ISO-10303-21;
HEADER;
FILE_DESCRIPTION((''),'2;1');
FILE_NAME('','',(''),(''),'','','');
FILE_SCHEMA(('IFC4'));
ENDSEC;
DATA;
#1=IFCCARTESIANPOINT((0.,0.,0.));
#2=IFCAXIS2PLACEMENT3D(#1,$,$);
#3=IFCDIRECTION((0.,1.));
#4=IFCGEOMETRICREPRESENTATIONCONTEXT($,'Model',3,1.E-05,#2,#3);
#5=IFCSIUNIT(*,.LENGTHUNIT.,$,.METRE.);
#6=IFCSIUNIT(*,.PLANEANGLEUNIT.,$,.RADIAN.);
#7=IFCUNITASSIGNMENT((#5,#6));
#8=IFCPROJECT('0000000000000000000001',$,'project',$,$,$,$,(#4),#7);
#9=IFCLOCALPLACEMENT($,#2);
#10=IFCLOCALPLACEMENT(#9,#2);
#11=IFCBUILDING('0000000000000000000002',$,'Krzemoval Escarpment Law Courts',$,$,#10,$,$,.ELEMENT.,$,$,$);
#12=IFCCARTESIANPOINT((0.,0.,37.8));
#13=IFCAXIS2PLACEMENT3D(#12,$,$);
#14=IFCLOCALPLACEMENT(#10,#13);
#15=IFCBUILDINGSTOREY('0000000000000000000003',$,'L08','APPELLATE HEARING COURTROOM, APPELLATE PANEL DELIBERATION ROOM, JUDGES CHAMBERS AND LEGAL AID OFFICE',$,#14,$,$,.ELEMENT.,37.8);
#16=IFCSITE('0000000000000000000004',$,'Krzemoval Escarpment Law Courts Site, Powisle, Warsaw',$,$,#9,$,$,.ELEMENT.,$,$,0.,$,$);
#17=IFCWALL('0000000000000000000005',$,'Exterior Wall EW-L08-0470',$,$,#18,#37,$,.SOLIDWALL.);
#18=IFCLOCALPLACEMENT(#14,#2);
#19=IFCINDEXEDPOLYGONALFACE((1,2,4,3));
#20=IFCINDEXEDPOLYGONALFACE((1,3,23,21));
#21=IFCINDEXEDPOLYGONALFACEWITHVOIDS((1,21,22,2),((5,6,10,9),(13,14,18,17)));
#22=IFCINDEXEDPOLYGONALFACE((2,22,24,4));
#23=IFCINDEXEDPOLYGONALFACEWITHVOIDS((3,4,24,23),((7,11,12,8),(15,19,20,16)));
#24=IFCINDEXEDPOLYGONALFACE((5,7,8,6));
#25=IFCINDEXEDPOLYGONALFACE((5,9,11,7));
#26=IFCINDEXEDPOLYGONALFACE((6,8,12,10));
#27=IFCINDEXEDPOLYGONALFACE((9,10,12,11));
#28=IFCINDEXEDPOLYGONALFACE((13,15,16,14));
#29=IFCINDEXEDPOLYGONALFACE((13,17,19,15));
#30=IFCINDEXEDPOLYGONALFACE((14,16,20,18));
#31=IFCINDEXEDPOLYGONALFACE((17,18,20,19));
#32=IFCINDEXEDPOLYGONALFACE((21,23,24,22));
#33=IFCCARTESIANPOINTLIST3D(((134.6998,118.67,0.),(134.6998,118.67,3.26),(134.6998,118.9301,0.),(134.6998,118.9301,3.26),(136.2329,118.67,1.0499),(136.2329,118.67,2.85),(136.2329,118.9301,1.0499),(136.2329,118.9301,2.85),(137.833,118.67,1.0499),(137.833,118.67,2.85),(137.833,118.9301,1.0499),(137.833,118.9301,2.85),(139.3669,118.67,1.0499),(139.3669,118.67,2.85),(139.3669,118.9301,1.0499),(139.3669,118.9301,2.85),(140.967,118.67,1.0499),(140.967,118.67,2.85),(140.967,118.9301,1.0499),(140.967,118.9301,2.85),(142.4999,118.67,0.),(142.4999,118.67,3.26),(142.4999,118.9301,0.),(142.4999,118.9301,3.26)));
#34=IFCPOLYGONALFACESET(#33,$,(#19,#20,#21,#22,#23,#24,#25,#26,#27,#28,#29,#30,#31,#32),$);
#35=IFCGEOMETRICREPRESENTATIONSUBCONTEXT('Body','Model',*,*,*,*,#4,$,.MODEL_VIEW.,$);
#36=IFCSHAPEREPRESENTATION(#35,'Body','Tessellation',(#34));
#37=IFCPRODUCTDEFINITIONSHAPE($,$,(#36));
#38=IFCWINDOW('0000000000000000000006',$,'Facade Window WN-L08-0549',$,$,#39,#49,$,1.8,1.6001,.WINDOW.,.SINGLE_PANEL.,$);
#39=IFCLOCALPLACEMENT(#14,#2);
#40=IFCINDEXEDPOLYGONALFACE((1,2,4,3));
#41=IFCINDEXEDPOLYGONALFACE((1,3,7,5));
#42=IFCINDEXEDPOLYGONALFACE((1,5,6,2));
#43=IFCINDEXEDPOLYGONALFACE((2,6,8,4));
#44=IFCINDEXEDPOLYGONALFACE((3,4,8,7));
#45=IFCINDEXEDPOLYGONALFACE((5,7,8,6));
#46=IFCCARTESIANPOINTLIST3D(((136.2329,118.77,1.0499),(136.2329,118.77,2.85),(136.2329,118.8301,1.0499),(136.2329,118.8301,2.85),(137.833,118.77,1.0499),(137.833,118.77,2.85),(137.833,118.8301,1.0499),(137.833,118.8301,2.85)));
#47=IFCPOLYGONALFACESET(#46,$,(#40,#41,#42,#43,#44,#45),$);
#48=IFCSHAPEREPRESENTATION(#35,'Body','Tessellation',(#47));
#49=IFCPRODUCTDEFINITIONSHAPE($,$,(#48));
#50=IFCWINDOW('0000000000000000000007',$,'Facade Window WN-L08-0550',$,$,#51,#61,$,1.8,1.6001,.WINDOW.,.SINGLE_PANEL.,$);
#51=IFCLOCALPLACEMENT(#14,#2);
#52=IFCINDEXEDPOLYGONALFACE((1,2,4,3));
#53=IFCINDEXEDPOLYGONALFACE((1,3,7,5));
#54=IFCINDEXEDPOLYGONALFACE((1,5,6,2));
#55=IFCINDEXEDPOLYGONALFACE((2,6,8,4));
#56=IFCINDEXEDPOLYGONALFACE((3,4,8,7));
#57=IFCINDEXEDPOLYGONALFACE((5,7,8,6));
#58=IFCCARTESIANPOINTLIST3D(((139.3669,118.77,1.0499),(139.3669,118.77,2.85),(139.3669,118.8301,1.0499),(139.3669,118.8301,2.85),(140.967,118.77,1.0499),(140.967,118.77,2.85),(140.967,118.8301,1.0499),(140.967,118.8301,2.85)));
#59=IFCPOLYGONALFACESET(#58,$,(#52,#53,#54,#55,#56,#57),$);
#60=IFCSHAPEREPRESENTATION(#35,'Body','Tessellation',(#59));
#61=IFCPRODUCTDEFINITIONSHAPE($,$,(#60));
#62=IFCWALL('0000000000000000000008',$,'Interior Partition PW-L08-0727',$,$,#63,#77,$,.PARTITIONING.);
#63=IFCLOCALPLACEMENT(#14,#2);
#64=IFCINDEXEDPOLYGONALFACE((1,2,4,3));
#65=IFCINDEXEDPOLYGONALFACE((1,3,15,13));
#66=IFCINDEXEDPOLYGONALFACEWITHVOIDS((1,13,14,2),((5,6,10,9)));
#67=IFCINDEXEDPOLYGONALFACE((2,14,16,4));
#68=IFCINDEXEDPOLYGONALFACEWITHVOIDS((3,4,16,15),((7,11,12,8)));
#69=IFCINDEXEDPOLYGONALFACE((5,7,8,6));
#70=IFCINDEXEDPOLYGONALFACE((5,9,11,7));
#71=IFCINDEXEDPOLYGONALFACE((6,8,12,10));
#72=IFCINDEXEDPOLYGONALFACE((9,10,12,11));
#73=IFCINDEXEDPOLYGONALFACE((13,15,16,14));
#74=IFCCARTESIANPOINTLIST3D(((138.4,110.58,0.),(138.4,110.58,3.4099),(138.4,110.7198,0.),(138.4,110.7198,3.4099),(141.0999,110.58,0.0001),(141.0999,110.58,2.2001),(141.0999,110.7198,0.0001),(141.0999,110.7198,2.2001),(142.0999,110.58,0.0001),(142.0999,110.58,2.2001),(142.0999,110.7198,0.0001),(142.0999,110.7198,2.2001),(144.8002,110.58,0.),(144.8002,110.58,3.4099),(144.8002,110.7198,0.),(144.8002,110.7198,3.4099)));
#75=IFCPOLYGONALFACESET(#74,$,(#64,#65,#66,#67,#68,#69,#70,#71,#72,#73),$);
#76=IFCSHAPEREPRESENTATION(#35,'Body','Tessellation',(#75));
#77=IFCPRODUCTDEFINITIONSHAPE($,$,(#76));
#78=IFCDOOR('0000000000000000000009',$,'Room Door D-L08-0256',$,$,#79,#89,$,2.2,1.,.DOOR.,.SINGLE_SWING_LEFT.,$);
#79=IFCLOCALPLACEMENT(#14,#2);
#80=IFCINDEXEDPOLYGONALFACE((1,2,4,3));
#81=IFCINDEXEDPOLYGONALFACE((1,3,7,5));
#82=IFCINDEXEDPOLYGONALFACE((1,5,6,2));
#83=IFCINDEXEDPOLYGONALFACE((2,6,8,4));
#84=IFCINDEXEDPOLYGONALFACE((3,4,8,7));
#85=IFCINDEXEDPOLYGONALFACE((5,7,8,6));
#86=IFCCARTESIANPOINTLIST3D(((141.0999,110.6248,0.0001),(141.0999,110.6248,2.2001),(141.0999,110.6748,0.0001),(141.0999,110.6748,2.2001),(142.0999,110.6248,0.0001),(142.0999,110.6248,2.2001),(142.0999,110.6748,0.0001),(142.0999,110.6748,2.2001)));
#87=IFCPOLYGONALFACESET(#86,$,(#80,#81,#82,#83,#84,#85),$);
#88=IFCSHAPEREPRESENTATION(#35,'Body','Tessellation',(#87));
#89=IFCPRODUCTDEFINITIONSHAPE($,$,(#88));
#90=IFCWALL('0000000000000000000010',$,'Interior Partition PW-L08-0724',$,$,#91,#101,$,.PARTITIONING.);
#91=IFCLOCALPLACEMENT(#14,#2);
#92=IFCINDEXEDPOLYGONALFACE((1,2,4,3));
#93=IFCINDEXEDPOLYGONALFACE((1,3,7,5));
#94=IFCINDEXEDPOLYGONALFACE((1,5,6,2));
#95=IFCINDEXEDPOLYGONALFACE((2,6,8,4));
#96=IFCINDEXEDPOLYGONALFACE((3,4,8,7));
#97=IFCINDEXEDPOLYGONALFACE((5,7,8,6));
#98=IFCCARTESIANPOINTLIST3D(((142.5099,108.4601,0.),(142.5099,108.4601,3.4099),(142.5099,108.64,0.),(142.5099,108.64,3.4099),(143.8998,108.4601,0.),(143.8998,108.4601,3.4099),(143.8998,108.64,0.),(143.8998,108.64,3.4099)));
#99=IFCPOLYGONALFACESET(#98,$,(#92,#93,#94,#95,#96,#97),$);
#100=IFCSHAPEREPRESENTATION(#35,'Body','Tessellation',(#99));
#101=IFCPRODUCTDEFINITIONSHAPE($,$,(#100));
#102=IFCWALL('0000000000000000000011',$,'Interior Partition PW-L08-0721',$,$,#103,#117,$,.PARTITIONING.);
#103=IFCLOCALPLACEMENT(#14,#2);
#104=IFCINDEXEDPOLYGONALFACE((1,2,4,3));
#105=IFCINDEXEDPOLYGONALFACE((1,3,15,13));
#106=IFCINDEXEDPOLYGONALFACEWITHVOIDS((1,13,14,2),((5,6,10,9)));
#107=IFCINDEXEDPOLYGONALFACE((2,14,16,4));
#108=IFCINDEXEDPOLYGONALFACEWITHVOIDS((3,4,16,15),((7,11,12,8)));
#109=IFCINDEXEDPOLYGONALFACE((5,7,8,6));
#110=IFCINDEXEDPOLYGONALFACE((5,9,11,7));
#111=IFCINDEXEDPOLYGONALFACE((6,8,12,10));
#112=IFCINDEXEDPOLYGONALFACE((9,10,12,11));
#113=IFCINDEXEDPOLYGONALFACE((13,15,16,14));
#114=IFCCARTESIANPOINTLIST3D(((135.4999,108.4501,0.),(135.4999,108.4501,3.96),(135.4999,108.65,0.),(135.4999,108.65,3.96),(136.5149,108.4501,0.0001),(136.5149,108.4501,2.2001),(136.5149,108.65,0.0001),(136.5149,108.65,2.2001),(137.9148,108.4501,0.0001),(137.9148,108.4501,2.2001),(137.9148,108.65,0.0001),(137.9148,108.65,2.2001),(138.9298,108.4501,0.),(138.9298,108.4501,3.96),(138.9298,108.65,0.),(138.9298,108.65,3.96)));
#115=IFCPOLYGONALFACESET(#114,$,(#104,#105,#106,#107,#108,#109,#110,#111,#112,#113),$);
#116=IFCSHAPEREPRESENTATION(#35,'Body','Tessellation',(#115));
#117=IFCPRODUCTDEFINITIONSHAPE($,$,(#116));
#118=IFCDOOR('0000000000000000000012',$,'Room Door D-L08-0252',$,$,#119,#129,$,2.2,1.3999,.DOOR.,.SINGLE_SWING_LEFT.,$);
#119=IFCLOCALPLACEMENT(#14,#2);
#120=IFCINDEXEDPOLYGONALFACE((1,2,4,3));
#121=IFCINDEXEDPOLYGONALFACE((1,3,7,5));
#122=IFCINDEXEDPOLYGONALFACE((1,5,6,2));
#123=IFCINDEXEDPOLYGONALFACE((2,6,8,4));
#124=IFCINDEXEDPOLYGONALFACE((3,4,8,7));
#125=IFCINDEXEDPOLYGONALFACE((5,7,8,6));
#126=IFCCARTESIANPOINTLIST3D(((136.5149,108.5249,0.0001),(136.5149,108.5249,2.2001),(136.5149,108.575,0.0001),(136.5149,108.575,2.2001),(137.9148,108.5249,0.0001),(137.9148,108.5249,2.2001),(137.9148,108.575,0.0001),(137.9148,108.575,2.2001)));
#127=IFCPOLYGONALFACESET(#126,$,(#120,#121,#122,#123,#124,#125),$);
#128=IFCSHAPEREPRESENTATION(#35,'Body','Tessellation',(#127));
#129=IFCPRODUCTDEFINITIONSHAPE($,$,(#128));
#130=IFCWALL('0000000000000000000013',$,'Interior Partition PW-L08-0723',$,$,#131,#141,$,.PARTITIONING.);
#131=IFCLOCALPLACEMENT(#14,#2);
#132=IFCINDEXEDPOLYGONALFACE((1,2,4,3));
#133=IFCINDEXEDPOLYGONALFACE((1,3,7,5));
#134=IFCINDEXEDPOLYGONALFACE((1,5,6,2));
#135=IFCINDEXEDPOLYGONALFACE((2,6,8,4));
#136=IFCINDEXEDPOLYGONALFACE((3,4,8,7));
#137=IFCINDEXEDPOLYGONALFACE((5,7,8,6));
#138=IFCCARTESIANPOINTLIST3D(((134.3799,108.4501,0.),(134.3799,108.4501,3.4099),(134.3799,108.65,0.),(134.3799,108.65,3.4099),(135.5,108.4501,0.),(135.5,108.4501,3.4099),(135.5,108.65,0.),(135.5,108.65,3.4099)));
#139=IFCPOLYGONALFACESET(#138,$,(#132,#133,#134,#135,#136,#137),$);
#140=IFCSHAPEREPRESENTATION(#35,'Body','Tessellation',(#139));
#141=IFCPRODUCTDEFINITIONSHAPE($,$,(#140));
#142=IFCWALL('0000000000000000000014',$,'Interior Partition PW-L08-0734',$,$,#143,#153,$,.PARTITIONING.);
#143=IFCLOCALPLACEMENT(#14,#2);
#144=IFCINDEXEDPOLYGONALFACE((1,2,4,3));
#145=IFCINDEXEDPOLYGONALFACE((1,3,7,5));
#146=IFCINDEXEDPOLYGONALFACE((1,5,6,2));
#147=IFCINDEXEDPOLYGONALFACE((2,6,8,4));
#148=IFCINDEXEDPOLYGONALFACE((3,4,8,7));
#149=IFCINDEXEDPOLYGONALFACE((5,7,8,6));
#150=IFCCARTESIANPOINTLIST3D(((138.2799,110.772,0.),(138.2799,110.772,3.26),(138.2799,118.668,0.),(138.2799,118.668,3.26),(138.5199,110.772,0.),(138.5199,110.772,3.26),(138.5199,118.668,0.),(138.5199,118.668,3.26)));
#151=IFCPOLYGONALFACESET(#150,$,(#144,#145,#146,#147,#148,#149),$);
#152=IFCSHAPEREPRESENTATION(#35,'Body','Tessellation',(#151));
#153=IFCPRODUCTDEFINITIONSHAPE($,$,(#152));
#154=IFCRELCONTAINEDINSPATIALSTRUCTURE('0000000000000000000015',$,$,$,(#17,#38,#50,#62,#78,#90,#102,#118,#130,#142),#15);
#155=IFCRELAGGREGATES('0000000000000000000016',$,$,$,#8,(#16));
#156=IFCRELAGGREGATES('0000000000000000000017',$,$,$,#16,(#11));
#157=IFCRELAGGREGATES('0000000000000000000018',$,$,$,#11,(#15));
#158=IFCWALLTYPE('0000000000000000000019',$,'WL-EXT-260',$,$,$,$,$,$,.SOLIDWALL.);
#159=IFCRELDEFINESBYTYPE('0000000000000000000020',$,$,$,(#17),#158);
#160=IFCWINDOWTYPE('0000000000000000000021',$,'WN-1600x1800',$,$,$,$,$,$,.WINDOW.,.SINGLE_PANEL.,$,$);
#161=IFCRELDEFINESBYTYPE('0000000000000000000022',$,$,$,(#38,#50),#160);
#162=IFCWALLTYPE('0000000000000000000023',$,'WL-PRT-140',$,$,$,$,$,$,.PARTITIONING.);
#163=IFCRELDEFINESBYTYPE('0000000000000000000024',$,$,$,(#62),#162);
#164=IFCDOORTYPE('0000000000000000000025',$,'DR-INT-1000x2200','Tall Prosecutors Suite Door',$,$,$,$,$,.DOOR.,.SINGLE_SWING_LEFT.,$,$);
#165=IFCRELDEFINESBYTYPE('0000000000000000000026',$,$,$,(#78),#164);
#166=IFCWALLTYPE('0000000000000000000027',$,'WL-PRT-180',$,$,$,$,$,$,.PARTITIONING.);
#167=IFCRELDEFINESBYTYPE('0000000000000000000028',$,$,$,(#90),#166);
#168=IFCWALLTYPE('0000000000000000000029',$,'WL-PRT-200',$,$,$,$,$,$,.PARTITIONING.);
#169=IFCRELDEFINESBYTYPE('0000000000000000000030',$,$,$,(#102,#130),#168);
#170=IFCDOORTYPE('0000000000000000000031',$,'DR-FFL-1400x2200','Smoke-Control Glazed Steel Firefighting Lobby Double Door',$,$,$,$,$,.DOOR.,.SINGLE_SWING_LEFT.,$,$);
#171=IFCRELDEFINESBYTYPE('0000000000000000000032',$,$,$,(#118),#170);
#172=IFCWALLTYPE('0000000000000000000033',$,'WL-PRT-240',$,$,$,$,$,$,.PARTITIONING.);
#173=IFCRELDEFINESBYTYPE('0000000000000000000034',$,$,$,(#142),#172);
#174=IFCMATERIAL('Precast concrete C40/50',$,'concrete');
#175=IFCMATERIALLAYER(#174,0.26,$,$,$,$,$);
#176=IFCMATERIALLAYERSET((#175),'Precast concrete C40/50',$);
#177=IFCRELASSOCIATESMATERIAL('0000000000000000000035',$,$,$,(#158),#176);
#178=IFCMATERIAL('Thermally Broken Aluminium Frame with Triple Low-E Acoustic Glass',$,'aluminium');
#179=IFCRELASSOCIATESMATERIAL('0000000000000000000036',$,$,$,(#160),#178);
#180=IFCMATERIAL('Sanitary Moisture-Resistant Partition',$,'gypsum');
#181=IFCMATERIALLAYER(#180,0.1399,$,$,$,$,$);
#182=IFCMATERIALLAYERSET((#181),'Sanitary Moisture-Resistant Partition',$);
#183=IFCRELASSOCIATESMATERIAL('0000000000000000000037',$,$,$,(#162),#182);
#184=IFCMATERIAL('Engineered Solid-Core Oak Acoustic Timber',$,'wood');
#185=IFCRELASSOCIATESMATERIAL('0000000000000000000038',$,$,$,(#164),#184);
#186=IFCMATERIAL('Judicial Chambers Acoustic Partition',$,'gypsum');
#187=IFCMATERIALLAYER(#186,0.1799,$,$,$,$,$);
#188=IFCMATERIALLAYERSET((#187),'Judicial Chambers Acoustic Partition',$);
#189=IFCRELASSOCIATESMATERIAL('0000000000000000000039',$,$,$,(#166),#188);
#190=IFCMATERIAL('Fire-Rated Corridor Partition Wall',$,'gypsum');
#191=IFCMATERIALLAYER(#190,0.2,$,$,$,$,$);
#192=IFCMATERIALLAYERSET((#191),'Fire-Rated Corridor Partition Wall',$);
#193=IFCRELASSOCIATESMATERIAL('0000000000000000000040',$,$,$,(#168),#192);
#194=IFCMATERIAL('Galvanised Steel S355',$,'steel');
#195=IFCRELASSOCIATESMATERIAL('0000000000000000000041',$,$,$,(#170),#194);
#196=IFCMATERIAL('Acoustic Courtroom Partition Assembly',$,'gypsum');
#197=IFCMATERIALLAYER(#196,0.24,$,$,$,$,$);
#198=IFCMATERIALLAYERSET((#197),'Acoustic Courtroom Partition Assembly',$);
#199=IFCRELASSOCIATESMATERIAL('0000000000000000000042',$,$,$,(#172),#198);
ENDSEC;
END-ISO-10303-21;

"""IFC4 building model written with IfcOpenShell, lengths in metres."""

from ifc_helpers import new_model, si_unit, direction, frame, frame_2d, origin, place, context, subcontext, project, spatial, rectangle, extrude, material, layer, layer_set, type_object, element, fill, save


model = new_model("IFC4")

# Units and contexts
model_context = context("Model", 3, precision=1e-05, world=origin(), true_north=direction((0.0, 1.0)))
body_context = subcontext(model_context, "Body", "Model", "MODEL_VIEW")
ifc_project = project(units=[si_unit("LENGTHUNIT", "METRE"), si_unit("PLANEANGLEUNIT", "RADIAN")], contexts=[model_context])

# Site, building, storey
site_placement = place(None, origin())
site = spatial("IfcSite", under=ifc_project, at=site_placement, Name="Krzemoval Escarpment Law Courts Site, Powisle, Warsaw", CompositionType="ELEMENT", RefElevation=0.0)
building_placement = place(site_placement, origin())
building = spatial("IfcBuilding", under=site, at=building_placement, Name="Krzemoval Escarpment Law Courts", CompositionType="ELEMENT")
storey_placement = place(building_placement, frame((0.0, 0.0, 37.8)))
storey = spatial("IfcBuildingStorey", under=building, at=storey_placement, Name="L08", Description="APPELLATE HEARING COURTROOM, APPELLATE PANEL DELIBERATION ROOM, JUDGES CHAMBERS AND LEGAL AID OFFICE", CompositionType="ELEMENT", Elevation=37.8)

# Wall, openings, windows
ifc_material_1 = material(Name="Precast concrete C40/50", Category="concrete")
ifc_layer_1 = layer(ifc_material_1, 0.26)
ifc_layer_set_1 = layer_set([ifc_layer_1], Name="Precast concrete C40/50")
wall_type_1 = type_object("IfcWallType", Name="WL-EXT-260", PredefinedType="SOLIDWALL", material=ifc_layer_set_1)
wall_1_placement = place(storey_placement, frame((134.7, 118.8, 0.0), z_axis=(0.0, 0.0, 1.0), x_axis=(1.0, 0.0, 0.0)))
wall_1 = element("IfcWall", 1, at=wall_1_placement, inside=storey, type_object=wall_type_1, Name="Exterior Wall EW-L08-0470", PredefinedType="SOLIDWALL", context=body_context, shape_type="SweptSolid", body=[
    extrude(rectangle(XDim=7.8, YDim=0.26, at=frame_2d((3.8999, 0.0))), origin(), (0.0, 0.0, 1.0), 3.26),
])
opening_1_placement = place(wall_1_placement, frame((1.533, 0.0, 1.05)))
opening_1 = element("IfcOpeningElement", 2, at=opening_1_placement, cuts=wall_1, PredefinedType="OPENING", context=body_context, shape_type="SweptSolid", body=[
    extrude(rectangle(XDim=1.6001, YDim=1.8, at=frame_2d((0.8, 0.8999))), frame((0.0, 0.145, 0.0), z_axis=(0.0, -1.0, 0.0), x_axis=(1.0, 0.0, 0.0)), (0.0, 0.0, 1.0), 0.29),
])
opening_2_placement = place(wall_1_placement, frame((4.667, 0.0, 1.05)))
opening_2 = element("IfcOpeningElement", 3, at=opening_2_placement, cuts=wall_1, PredefinedType="OPENING", context=body_context, shape_type="SweptSolid", body=[
    extrude(rectangle(XDim=1.6001, YDim=1.8, at=frame_2d((0.8, 0.8999))), frame((0.0, 0.145, 0.0), z_axis=(0.0, -1.0, 0.0), x_axis=(1.0, 0.0, 0.0)), (0.0, 0.0, 1.0), 0.29),
])
ifc_material_2 = material(Name="Thermally Broken Aluminium Frame with Triple Low-E Acoustic Glass", Category="aluminium")
window_type = type_object("IfcWindowType", Name="WN-1600x1800", PartitioningType="SINGLE_PANEL", PredefinedType="WINDOW", material=ifc_material_2)
window_1_placement = place(opening_1_placement, origin())
window_1 = element("IfcWindow", 4, at=window_1_placement, inside=storey, type_object=window_type, Name="Facade Window WN-L08-0549", OverallHeight=1.8, OverallWidth=1.6001, PartitioningType="SINGLE_PANEL", PredefinedType="WINDOW", context=body_context, shape_type="SweptSolid", body=[
    extrude(rectangle(XDim=1.6001, YDim=1.8, at=frame_2d((0.8, 0.8999))), frame((0.0, 0.03, 0.0), z_axis=(0.0, -1.0, 0.0), x_axis=(1.0, 0.0, 0.0)), (0.0, 0.0, 1.0), 0.0601),
])
fill(opening_1, window_1)
window_2_placement = place(opening_2_placement, origin())
window_2 = element("IfcWindow", 5, at=window_2_placement, inside=storey, type_object=window_type, Name="Facade Window WN-L08-0550", OverallHeight=1.8, OverallWidth=1.6001, PartitioningType="SINGLE_PANEL", PredefinedType="WINDOW", context=body_context, shape_type="SweptSolid", body=[
    extrude(rectangle(XDim=1.6001, YDim=1.8, at=frame_2d((0.8, 0.8999))), frame((0.0, 0.03, 0.0), z_axis=(0.0, -1.0, 0.0), x_axis=(1.0, 0.0, 0.0)), (0.0, 0.0, 1.0), 0.0601),
])
fill(opening_2, window_2)

# Wall, opening, door
ifc_material_3 = material(Name="Sanitary Moisture-Resistant Partition", Category="gypsum")
ifc_layer_2 = layer(ifc_material_3, 0.1399)
ifc_layer_set_2 = layer_set([ifc_layer_2], Name="Sanitary Moisture-Resistant Partition")
wall_type_2 = type_object("IfcWallType", Name="WL-PRT-140", PredefinedType="PARTITIONING", material=ifc_layer_set_2)
wall_2_placement = place(storey_placement, frame((138.3999, 110.6499, 0.0), z_axis=(0.0, 0.0, 1.0), x_axis=(1.0, 0.0, 0.0)))
wall_2 = element("IfcWall", 6, at=wall_2_placement, inside=storey, type_object=wall_type_2, Name="Interior Partition PW-L08-0727", PredefinedType="PARTITIONING", context=body_context, shape_type="SweptSolid", body=[
    extrude(rectangle(XDim=6.4001, YDim=0.1399, at=frame_2d((3.2002, 0.0))), origin(), (0.0, 0.0, 1.0), 3.4099),
])
opening_3_placement = place(wall_2_placement, frame((2.7, 0.0, 0.0)))
opening_3 = element("IfcOpeningElement", 7, at=opening_3_placement, cuts=wall_2, PredefinedType="OPENING", context=body_context, shape_type="SweptSolid", body=[
    extrude(rectangle(XDim=1.0, YDim=2.2, at=frame_2d((0.5, 1.1001))), frame((0.0, 0.0849, 0.0), z_axis=(0.0, -1.0, 0.0), x_axis=(1.0, 0.0, 0.0)), (0.0, 0.0, 1.0), 0.1699),
])
ifc_material_4 = material(Name="Engineered Solid-Core Oak Acoustic Timber", Category="wood")
door_type_1 = type_object("IfcDoorType", Name="DR-INT-1000x2200", Description="Tall Prosecutors Suite Door", OperationType="SINGLE_SWING_LEFT", PredefinedType="DOOR", material=ifc_material_4)
door_1_placement = place(opening_3_placement, origin())
door_1 = element("IfcDoor", 8, at=door_1_placement, inside=storey, type_object=door_type_1, Name="Room Door D-L08-0256", OperationType="SINGLE_SWING_LEFT", OverallHeight=2.2, OverallWidth=1.0, PredefinedType="DOOR", context=body_context, shape_type="SweptSolid", body=[
    extrude(rectangle(XDim=1.0, YDim=2.2, at=frame_2d((0.5, 1.1001))), frame((0.0, 0.0249, 0.0), z_axis=(0.0, -1.0, 0.0), x_axis=(1.0, 0.0, 0.0)), (0.0, 0.0, 1.0), 0.05),
])
fill(opening_3, door_1)

# Wall
ifc_material_5 = material(Name="Judicial Chambers Acoustic Partition", Category="gypsum")
ifc_layer_3 = layer(ifc_material_5, 0.1799)
ifc_layer_set_3 = layer_set([ifc_layer_3], Name="Judicial Chambers Acoustic Partition")
wall_type_3 = type_object("IfcWallType", Name="WL-PRT-180", PredefinedType="PARTITIONING", material=ifc_layer_set_3)
wall_3_placement = place(storey_placement, frame((142.51, 108.55, 0.0), z_axis=(0.0, 0.0, 1.0), x_axis=(1.0, 0.0, 0.0)))
element("IfcWall", 9, at=wall_3_placement, inside=storey, type_object=wall_type_3, Name="Interior Partition PW-L08-0724", PredefinedType="PARTITIONING", context=body_context, shape_type="SweptSolid", body=[
    extrude(rectangle(XDim=1.3899, YDim=0.1799, at=frame_2d((0.6948, 0.0))), origin(), (0.0, 0.0, 1.0), 3.4099),
])

# Wall, opening, door
ifc_material_6 = material(Name="Fire-Rated Corridor Partition Wall", Category="gypsum")
ifc_layer_4 = layer(ifc_material_6, 0.2)
ifc_layer_set_4 = layer_set([ifc_layer_4], Name="Fire-Rated Corridor Partition Wall")
wall_type_4 = type_object("IfcWallType", Name="WL-PRT-200", PredefinedType="PARTITIONING", material=ifc_layer_set_4)
wall_4_placement = place(storey_placement, frame((135.5, 108.55, 0.0), z_axis=(0.0, 0.0, 1.0), x_axis=(1.0, 0.0, 0.0)))
wall_4 = element("IfcWall", 10, at=wall_4_placement, inside=storey, type_object=wall_type_4, Name="Interior Partition PW-L08-0721", PredefinedType="PARTITIONING", context=body_context, shape_type="SweptSolid", body=[
    extrude(rectangle(XDim=3.4299, YDim=0.2, at=frame_2d((1.7148, 0.0))), origin(), (0.0, 0.0, 1.0), 3.96),
])
opening_4_placement = place(wall_4_placement, frame((1.0149, 0.0, 0.0)))
opening_4 = element("IfcOpeningElement", 11, at=opening_4_placement, cuts=wall_4, PredefinedType="OPENING", context=body_context, shape_type="SweptSolid", body=[
    extrude(rectangle(XDim=1.3999, YDim=2.2, at=frame_2d((0.7, 1.1001))), frame((0.0, 0.115, 0.0), z_axis=(0.0, -1.0, 0.0), x_axis=(1.0, 0.0, 0.0)), (0.0, 0.0, 1.0), 0.2299),
])
ifc_material_7 = material(Name="Galvanised Steel S355", Category="steel")
door_type_2 = type_object("IfcDoorType", Name="DR-FFL-1400x2200", Description="Smoke-Control Glazed Steel Firefighting Lobby Double Door", OperationType="SINGLE_SWING_LEFT", PredefinedType="DOOR", material=ifc_material_7)
door_2_placement = place(opening_4_placement, origin())
door_2 = element("IfcDoor", 12, at=door_2_placement, inside=storey, type_object=door_type_2, Name="Room Door D-L08-0252", OperationType="SINGLE_SWING_LEFT", OverallHeight=2.2, OverallWidth=1.3999, PredefinedType="DOOR", context=body_context, shape_type="SweptSolid", body=[
    extrude(rectangle(XDim=1.3999, YDim=2.2, at=frame_2d((0.7, 1.1001))), frame((0.0, 0.0249, 0.0), z_axis=(0.0, -1.0, 0.0), x_axis=(1.0, 0.0, 0.0)), (0.0, 0.0, 1.0), 0.05),
])
fill(opening_4, door_2)

# Walls
wall_5_placement = place(storey_placement, frame((134.3799, 108.55, 0.0), z_axis=(0.0, 0.0, 1.0), x_axis=(1.0, 0.0, 0.0)))
element("IfcWall", 13, at=wall_5_placement, inside=storey, type_object=wall_type_4, Name="Interior Partition PW-L08-0723", PredefinedType="PARTITIONING", context=body_context, shape_type="SweptSolid", body=[
    extrude(rectangle(XDim=1.1201, YDim=0.2, at=frame_2d((0.5601, 0.0))), origin(), (0.0, 0.0, 1.0), 3.4099),
])
ifc_material_8 = material(Name="Acoustic Courtroom Partition Assembly", Category="gypsum")
ifc_layer_5 = layer(ifc_material_8, 0.24)
ifc_layer_set_5 = layer_set([ifc_layer_5], Name="Acoustic Courtroom Partition Assembly")
wall_type_5 = type_object("IfcWallType", Name="WL-PRT-240", PredefinedType="PARTITIONING", material=ifc_layer_set_5)
wall_6_placement = place(storey_placement, frame((138.3999, 110.772, 0.0), z_axis=(0.0, 0.0, 1.0), x_axis=(0.0, 1.0, 0.0)))
element("IfcWall", 14, at=wall_6_placement, inside=storey, type_object=wall_type_5, Name="Interior Partition PW-L08-0734", PredefinedType="PARTITIONING", context=body_context, shape_type="SweptSolid", body=[
    extrude(rectangle(XDim=7.896, YDim=0.24, at=frame_2d((3.948, 0.0))), origin(), (0.0, 0.0, 1.0), 3.26),
])

save(model, "model.ifc")
